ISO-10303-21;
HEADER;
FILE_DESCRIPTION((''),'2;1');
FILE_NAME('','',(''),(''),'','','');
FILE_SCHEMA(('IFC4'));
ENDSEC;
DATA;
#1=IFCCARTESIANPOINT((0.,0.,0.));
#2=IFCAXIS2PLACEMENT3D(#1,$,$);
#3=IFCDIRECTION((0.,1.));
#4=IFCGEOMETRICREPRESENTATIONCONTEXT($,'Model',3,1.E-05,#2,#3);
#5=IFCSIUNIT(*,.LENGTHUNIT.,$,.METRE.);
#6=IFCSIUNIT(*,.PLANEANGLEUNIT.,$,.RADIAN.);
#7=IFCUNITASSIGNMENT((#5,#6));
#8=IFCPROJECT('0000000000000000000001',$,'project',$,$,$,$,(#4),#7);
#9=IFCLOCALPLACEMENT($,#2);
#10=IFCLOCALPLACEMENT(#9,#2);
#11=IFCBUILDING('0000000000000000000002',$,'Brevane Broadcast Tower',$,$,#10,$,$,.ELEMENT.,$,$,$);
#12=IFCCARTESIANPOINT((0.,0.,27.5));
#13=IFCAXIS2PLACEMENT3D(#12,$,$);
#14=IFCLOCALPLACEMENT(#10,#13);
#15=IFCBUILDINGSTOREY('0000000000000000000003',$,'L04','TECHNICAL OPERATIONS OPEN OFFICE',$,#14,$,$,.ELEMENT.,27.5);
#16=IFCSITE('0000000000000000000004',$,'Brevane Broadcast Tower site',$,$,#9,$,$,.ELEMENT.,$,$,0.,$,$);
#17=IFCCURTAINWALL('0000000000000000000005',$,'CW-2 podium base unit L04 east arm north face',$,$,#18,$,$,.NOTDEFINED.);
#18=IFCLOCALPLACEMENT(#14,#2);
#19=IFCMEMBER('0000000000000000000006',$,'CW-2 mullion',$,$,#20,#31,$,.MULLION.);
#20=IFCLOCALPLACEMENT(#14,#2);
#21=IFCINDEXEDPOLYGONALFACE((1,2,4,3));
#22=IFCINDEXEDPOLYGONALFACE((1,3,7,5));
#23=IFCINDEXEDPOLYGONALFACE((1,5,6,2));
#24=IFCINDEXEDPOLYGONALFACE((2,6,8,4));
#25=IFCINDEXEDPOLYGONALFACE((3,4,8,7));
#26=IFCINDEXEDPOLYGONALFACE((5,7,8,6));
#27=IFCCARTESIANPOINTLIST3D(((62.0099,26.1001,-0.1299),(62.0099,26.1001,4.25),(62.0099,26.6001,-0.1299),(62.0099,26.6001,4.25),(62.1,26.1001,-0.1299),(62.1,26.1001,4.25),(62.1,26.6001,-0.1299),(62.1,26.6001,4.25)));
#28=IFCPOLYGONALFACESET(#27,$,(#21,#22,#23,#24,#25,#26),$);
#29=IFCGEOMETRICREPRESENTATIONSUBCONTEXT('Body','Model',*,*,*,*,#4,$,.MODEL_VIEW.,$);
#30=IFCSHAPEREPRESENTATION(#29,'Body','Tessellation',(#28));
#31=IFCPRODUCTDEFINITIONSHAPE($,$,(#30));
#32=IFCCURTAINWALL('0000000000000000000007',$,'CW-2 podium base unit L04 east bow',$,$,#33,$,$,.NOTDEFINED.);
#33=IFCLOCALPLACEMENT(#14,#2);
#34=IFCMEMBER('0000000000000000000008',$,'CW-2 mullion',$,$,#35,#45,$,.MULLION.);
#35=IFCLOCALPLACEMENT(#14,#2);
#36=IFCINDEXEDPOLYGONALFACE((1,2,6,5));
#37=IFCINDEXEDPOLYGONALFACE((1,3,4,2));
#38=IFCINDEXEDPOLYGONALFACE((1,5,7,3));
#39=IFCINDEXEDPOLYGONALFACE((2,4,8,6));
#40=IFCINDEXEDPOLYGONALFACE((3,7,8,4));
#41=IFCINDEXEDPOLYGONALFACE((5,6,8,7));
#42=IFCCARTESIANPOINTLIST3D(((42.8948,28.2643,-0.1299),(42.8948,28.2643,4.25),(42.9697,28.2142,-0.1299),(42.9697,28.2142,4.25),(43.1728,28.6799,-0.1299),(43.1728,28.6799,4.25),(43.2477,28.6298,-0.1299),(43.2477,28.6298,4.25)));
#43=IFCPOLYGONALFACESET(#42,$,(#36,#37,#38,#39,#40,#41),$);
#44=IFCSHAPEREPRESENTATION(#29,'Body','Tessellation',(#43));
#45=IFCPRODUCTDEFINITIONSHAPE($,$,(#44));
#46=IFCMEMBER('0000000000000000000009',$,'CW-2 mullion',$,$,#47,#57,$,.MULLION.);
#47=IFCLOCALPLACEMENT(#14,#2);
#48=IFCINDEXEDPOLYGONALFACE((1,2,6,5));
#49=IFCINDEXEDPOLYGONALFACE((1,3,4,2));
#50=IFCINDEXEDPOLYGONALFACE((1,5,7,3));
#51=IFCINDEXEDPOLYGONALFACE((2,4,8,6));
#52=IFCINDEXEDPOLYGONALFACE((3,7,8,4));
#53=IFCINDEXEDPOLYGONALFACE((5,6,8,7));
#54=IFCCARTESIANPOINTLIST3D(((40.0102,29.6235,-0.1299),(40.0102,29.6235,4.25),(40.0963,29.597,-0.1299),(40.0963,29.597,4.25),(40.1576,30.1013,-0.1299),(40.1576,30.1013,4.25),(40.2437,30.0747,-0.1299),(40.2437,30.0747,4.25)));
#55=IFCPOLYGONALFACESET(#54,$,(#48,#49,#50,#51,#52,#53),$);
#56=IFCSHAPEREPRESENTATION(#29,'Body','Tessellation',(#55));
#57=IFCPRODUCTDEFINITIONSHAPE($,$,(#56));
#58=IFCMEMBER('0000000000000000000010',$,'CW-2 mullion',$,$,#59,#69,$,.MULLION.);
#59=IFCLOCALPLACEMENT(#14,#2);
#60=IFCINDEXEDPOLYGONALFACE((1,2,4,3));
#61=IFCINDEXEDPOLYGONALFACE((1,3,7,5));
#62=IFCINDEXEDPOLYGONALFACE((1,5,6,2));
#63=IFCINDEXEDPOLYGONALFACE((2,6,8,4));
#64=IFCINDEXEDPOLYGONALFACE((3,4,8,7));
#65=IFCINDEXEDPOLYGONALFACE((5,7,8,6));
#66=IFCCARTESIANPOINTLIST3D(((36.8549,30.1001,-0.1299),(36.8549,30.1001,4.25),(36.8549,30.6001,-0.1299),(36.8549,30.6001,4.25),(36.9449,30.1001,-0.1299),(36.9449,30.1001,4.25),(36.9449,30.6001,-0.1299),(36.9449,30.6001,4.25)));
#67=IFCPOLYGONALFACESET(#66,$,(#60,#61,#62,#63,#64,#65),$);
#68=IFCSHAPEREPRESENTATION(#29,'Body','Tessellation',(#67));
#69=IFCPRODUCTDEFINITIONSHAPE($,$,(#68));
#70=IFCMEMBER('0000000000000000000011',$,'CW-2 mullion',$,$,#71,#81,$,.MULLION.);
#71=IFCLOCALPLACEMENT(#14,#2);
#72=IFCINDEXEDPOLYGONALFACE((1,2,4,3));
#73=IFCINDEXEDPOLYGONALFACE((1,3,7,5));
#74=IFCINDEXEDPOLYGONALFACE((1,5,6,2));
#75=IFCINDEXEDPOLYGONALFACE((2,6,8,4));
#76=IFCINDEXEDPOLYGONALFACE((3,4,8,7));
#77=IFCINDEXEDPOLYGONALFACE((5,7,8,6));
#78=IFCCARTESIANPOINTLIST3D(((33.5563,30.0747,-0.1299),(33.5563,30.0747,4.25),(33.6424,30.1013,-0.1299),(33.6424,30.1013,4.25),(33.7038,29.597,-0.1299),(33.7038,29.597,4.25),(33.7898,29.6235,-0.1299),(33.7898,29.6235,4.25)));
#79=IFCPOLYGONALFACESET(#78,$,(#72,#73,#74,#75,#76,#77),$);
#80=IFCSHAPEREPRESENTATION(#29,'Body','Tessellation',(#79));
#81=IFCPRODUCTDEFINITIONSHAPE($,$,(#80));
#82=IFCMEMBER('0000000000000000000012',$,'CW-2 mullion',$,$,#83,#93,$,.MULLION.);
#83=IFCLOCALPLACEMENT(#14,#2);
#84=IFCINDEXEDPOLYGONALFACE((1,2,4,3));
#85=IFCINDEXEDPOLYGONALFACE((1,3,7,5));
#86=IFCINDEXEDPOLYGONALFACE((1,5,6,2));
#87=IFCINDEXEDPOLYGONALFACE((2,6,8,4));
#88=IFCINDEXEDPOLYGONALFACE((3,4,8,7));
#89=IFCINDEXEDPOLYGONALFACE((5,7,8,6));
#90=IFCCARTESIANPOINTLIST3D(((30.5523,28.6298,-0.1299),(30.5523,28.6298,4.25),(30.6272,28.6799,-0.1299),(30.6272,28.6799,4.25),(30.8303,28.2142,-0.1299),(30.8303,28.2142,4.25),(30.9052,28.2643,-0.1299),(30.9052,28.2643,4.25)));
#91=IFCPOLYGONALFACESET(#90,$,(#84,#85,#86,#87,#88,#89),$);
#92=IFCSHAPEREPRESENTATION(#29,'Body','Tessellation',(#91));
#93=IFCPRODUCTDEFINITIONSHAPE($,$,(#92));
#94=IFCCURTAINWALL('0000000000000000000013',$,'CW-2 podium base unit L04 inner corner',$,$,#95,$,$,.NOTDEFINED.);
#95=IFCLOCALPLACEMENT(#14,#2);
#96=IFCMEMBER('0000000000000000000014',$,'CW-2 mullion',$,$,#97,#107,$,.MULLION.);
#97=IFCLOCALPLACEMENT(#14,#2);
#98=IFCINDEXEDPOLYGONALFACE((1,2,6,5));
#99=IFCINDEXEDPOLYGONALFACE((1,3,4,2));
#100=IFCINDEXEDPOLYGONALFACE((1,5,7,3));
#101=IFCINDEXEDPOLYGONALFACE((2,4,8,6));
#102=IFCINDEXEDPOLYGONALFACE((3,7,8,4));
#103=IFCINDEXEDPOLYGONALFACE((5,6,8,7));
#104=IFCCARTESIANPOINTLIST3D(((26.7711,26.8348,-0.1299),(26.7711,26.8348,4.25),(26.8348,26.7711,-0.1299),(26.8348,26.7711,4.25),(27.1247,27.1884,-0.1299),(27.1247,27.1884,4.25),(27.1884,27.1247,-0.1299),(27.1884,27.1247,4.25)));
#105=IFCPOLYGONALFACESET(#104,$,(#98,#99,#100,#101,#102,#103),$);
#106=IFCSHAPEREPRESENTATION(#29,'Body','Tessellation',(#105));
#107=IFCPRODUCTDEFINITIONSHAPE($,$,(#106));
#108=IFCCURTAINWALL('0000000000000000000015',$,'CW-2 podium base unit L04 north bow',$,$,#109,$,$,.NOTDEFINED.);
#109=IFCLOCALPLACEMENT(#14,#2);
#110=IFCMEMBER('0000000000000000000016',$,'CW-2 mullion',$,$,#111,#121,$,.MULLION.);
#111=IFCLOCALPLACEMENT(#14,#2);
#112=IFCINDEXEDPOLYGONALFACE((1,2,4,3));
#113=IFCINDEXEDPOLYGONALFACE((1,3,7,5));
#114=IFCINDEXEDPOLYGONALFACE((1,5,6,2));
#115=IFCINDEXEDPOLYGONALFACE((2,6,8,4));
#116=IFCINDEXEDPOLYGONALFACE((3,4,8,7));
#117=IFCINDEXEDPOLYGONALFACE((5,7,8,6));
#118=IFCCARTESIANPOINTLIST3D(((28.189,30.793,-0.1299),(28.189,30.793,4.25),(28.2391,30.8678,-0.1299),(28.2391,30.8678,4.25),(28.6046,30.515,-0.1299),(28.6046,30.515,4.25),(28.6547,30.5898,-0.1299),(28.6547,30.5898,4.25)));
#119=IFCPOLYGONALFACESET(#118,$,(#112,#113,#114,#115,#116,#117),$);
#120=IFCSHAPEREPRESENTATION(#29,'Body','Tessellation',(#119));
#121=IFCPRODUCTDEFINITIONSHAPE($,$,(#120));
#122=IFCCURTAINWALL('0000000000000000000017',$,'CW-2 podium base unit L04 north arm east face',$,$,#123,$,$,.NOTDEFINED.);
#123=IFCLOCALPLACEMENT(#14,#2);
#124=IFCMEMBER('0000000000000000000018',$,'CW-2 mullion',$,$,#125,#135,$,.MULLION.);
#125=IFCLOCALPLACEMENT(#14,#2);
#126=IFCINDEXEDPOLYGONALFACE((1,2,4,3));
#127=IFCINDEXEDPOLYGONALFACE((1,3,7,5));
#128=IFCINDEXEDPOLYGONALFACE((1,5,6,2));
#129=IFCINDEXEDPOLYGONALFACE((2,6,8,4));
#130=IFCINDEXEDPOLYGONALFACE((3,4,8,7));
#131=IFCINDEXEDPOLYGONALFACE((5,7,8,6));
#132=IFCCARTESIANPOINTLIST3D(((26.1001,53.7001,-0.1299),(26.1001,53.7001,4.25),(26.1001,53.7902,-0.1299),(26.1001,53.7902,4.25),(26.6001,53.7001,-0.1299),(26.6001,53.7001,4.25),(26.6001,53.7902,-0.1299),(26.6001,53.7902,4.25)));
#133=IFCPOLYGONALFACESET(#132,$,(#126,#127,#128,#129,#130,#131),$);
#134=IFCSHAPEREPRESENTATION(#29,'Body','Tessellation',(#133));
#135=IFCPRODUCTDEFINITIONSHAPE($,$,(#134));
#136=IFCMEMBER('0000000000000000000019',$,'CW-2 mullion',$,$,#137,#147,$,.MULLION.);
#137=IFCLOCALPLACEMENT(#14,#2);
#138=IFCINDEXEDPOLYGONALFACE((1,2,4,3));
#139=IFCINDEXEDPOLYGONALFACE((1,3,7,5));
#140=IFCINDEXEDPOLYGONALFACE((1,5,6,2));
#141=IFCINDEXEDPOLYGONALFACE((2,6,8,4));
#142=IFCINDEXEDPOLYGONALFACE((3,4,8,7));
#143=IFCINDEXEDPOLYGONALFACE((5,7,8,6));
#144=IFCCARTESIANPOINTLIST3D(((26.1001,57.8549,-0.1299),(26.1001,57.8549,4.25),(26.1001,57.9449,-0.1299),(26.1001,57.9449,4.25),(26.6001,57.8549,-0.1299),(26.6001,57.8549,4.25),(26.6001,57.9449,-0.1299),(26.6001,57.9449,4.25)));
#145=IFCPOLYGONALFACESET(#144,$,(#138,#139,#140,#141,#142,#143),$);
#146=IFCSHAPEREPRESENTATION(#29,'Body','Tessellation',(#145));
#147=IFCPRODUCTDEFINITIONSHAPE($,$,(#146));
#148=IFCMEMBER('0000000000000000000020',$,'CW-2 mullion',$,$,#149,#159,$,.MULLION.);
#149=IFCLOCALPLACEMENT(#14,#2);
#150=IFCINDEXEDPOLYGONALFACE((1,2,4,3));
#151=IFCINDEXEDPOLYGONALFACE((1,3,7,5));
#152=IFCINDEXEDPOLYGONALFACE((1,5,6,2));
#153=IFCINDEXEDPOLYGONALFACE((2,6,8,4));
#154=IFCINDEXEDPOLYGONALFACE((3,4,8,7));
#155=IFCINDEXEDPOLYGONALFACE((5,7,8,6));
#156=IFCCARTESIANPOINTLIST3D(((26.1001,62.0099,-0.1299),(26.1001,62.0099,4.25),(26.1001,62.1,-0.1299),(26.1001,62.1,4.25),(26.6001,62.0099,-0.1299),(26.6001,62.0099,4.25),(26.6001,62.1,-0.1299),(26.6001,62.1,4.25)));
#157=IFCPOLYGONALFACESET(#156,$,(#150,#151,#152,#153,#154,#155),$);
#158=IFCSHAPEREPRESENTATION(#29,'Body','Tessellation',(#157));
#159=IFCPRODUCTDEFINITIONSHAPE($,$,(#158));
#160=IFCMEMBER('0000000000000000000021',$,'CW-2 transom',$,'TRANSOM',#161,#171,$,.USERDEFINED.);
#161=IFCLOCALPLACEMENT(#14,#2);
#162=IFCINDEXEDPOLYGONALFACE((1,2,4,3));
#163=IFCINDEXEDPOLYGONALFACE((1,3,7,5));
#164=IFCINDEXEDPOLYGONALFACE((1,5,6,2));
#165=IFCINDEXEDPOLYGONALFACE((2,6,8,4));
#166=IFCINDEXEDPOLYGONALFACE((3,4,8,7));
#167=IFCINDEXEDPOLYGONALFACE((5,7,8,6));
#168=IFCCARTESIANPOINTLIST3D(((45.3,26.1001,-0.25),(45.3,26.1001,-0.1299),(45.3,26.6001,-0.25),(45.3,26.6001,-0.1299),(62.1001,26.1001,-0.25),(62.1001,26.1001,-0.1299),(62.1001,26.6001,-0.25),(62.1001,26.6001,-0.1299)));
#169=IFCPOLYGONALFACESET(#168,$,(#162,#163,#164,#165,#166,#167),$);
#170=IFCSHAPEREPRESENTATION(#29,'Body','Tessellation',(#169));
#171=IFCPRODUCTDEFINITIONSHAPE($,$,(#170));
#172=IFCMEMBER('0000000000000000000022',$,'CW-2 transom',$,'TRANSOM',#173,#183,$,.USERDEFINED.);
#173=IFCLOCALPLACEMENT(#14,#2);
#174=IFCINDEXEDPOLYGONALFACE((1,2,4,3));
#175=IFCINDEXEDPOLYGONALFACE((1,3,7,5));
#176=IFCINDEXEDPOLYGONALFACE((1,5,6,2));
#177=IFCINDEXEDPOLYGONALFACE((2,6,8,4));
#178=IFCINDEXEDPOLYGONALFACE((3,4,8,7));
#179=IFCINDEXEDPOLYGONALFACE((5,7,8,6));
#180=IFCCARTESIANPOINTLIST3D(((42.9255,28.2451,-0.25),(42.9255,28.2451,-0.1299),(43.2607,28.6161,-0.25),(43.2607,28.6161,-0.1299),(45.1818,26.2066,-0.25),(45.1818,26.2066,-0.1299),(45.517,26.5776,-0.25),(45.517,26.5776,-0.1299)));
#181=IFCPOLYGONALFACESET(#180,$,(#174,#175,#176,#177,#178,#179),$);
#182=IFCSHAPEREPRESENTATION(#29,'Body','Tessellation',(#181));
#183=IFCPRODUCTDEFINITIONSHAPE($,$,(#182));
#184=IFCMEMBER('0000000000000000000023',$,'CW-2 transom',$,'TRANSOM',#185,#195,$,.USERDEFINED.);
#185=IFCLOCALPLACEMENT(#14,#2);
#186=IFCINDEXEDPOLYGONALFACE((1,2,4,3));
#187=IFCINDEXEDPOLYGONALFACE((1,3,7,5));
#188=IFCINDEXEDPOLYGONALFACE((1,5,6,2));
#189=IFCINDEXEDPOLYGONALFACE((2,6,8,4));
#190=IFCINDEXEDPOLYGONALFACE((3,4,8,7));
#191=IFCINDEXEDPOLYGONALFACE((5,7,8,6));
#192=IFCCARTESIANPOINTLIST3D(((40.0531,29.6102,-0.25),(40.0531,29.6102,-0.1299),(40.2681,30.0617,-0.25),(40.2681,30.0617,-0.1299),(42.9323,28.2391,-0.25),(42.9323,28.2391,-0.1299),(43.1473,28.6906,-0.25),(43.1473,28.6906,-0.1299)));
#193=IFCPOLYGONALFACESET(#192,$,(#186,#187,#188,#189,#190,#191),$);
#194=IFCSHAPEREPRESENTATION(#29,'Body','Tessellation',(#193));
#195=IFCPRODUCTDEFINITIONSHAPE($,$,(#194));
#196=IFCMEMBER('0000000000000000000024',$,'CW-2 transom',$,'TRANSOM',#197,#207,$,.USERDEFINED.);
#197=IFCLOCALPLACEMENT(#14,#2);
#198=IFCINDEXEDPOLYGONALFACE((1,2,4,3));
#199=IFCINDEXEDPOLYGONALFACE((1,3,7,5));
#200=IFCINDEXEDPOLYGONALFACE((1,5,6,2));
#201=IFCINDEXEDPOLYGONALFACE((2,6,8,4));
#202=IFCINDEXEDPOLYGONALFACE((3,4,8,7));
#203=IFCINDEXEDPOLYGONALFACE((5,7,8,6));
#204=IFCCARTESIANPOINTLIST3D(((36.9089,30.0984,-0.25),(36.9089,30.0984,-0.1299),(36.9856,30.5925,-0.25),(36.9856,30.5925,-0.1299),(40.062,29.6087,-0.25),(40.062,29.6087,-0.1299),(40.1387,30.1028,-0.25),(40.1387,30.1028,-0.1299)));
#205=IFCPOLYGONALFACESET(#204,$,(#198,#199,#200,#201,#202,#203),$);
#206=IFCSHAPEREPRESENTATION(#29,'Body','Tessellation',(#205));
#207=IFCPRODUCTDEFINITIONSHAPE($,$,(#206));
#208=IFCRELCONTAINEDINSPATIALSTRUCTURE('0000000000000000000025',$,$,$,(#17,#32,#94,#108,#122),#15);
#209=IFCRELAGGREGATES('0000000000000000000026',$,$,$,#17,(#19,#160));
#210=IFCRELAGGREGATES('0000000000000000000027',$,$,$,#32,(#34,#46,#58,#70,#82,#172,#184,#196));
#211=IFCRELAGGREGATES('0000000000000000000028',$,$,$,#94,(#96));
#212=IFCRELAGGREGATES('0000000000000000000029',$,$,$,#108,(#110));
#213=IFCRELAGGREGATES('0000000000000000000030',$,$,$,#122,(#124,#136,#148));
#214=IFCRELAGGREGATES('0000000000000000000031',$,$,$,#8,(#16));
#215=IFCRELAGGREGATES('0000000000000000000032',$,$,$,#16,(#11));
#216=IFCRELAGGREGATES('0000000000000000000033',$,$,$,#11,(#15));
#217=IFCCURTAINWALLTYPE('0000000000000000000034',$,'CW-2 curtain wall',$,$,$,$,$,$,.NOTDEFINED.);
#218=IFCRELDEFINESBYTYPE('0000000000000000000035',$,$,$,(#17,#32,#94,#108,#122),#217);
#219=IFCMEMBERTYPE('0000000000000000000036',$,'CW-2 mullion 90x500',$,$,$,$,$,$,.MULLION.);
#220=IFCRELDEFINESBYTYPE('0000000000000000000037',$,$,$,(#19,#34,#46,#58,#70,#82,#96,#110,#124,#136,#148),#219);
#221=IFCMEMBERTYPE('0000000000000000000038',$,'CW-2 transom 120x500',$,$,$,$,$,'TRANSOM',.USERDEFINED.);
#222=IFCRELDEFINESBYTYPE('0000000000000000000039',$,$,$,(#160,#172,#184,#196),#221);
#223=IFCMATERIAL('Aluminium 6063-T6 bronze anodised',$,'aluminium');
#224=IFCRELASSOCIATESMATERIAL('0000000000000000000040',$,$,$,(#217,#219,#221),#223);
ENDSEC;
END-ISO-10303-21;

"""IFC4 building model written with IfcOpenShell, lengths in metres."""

from ifc_helpers import new_model, si_unit, direction, frame, origin, origin_2d, place, context, subcontext, project, spatial, rectangle, extrude, material, material_profile, profile_set, type_object, element, aggregate, save


model = new_model("IFC4")

# Units and contexts
model_context = context("Model", 3, precision=1e-05, world=origin(), true_north=direction((0.0, 1.0)))
body_context = subcontext(model_context, "Body", "Model", "MODEL_VIEW")
ifc_project = project(units=[si_unit("LENGTHUNIT", "METRE"), si_unit("PLANEANGLEUNIT", "RADIAN")], contexts=[model_context])

# Site, building, storey
site_placement = place(None, origin())
site = spatial("IfcSite", under=ifc_project, at=site_placement, Name="Brevane Broadcast Tower site", CompositionType="ELEMENT", RefElevation=0.0)
building_placement = place(site_placement, origin())
building = spatial("IfcBuilding", under=site, at=building_placement, Name="Brevane Broadcast Tower", CompositionType="ELEMENT")
storey_placement = place(building_placement, frame((0.0, 0.0, 27.5)))
storey = spatial("IfcBuildingStorey", under=building, at=storey_placement, Name="L04", Description="TECHNICAL OPERATIONS OPEN OFFICE", CompositionType="ELEMENT", Elevation=27.5)

# Curtain wall, member
ifc_material_1 = material(Name="Aluminium 6063-T6 bronze anodised", Category="aluminium")
curtain_wall_type = type_object("IfcCurtainWallType", Name="CW-2 curtain wall", PredefinedType="NOTDEFINED", material=ifc_material_1)
curtain_wall_1_placement = place(storey_placement, origin())
curtain_wall_1 = element("IfcCurtainWall", 1, at=curtain_wall_1_placement, inside=storey, type_object=curtain_wall_type, Name="CW-2 podium base unit L04 east arm north face", PredefinedType="NOTDEFINED")
ifc_material_profile_1 = material_profile(ifc_material_1, rectangle(XDim=0.5, YDim=0.0901, at=origin_2d()), Name="RECT 90x500")
ifc_profile_set_1 = profile_set([ifc_material_profile_1], Name="Aluminium 6063-T6 bronze anodised")
member_type_1 = type_object("IfcMemberType", Name="CW-2 mullion 90x500", PredefinedType="MULLION", material=ifc_profile_set_1)
member_1_placement = place(storey_placement, frame((62.0549, 26.3501, -0.1299), z_axis=(0.0, 0.0, 1.0), x_axis=(0.0, -1.0, 0.0)))
member_1 = element("IfcMember", 2, at=member_1_placement, type_object=member_type_1, Name="CW-2 mullion", PredefinedType="MULLION", context=body_context, shape_type="SweptSolid", body=[
    extrude(rectangle(XDim=0.5, YDim=0.0901, at=origin_2d()), origin(), (0.0, 0.0, 1.0), 4.3799),
])

# Curtain wall, members
curtain_wall_2_placement = place(storey_placement, origin())
curtain_wall_2 = element("IfcCurtainWall", 3, at=curtain_wall_2_placement, inside=storey, type_object=curtain_wall_type, Name="CW-2 podium base unit L04 east bow", PredefinedType="NOTDEFINED")
member_2_placement = place(storey_placement, frame((43.0713, 28.447, -0.1299), z_axis=(0.0, 0.0, 1.0), x_axis=(-0.555997, -0.831184, 0.0)))
member_2 = element("IfcMember", 4, at=member_2_placement, type_object=member_type_1, Name="CW-2 mullion", PredefinedType="MULLION", context=body_context, shape_type="SweptSolid", body=[
    extrude(rectangle(XDim=0.5, YDim=0.0901, at=origin_2d()), origin(), (0.0, 0.0, 1.0), 4.3799),
])
member_3_placement = place(storey_placement, frame((40.127, 29.8491, -0.1299), z_axis=(0.0, 0.0, 1.0), x_axis=(-0.294828, -0.95555, 0.0)))
member_3 = element("IfcMember", 5, at=member_3_placement, type_object=member_type_1, Name="CW-2 mullion", PredefinedType="MULLION", context=body_context, shape_type="SweptSolid", body=[
    extrude(rectangle(XDim=0.5, YDim=0.0901, at=origin_2d()), origin(), (0.0, 0.0, 1.0), 4.3799),
])
member_4_placement = place(storey_placement, frame((36.8999, 30.3501, -0.1299), z_axis=(0.0, 0.0, 1.0), x_axis=(0.0, -1.0, 0.0)))
member_4 = element("IfcMember", 6, at=member_4_placement, type_object=member_type_1, Name="CW-2 mullion", PredefinedType="MULLION", context=body_context, shape_type="SweptSolid", body=[
    extrude(rectangle(XDim=0.5, YDim=0.0901, at=origin_2d()), origin(), (0.0, 0.0, 1.0), 4.3799),
])
member_5_placement = place(storey_placement, frame((33.6731, 29.8491, -0.1299), z_axis=(0.0, 0.0, 1.0), x_axis=(0.294828, -0.95555, 0.0)))
member_5 = element("IfcMember", 7, at=member_5_placement, type_object=member_type_1, Name="CW-2 mullion", PredefinedType="MULLION", context=body_context, shape_type="SweptSolid", body=[
    extrude(rectangle(XDim=0.5, YDim=0.0901, at=origin_2d()), origin(), (0.0, 0.0, 1.0), 4.3799),
])
member_6_placement = place(storey_placement, frame((30.7288, 28.447, -0.1299), z_axis=(0.0, 0.0, 1.0), x_axis=(0.555997, -0.831184, 0.0)))
member_6 = element("IfcMember", 8, at=member_6_placement, type_object=member_type_1, Name="CW-2 mullion", PredefinedType="MULLION", context=body_context, shape_type="SweptSolid", body=[
    extrude(rectangle(XDim=0.5, YDim=0.0901, at=origin_2d()), origin(), (0.0, 0.0, 1.0), 4.3799),
])

# Curtain walls, members
curtain_wall_3_placement = place(storey_placement, origin())
curtain_wall_3 = element("IfcCurtainWall", 9, at=curtain_wall_3_placement, inside=storey, type_object=curtain_wall_type, Name="CW-2 podium base unit L04 inner corner", PredefinedType="NOTDEFINED")
member_7_placement = place(storey_placement, frame((26.9797, 26.9797, -0.1299), z_axis=(0.0, 0.0, 1.0), x_axis=(-0.707107, -0.707107, 0.0)))
member_7 = element("IfcMember", 10, at=member_7_placement, type_object=member_type_1, Name="CW-2 mullion", PredefinedType="MULLION", context=body_context, shape_type="SweptSolid", body=[
    extrude(rectangle(XDim=0.5, YDim=0.0901, at=origin_2d()), origin(), (0.0, 0.0, 1.0), 4.3799),
])
curtain_wall_4_placement = place(storey_placement, origin())
curtain_wall_4 = element("IfcCurtainWall", 11, at=curtain_wall_4_placement, inside=storey, type_object=curtain_wall_type, Name="CW-2 podium base unit L04 north bow", PredefinedType="NOTDEFINED")
member_8_placement = place(storey_placement, frame((28.4219, 30.6914, -0.1299), z_axis=(0.0, 0.0, 1.0), x_axis=(-0.831184, 0.555997, 0.0)))
member_8 = element("IfcMember", 12, at=member_8_placement, type_object=member_type_1, Name="CW-2 mullion", PredefinedType="MULLION", context=body_context, shape_type="SweptSolid", body=[
    extrude(rectangle(XDim=0.5, YDim=0.0901, at=origin_2d()), origin(), (0.0, 0.0, 1.0), 4.3799),
])

# Curtain wall, members
curtain_wall_5_placement = place(storey_placement, origin())
curtain_wall_5 = element("IfcCurtainWall", 13, at=curtain_wall_5_placement, inside=storey, type_object=curtain_wall_type, Name="CW-2 podium base unit L04 north arm east face", PredefinedType="NOTDEFINED")
member_9_placement = place(storey_placement, frame((26.3501, 53.7451, -0.1299), z_axis=(0.0, 0.0, 1.0), x_axis=(-1.0, 0.0, 0.0)))
member_9 = element("IfcMember", 14, at=member_9_placement, type_object=member_type_1, Name="CW-2 mullion", PredefinedType="MULLION", context=body_context, shape_type="SweptSolid", body=[
    extrude(rectangle(XDim=0.5, YDim=0.0901, at=origin_2d()), origin(), (0.0, 0.0, 1.0), 4.3799),
])
member_10_placement = place(storey_placement, frame((26.3501, 57.8999, -0.1299), z_axis=(0.0, 0.0, 1.0), x_axis=(-1.0, 0.0, 0.0)))
member_10 = element("IfcMember", 15, at=member_10_placement, type_object=member_type_1, Name="CW-2 mullion", PredefinedType="MULLION", context=body_context, shape_type="SweptSolid", body=[
    extrude(rectangle(XDim=0.5, YDim=0.0901, at=origin_2d()), origin(), (0.0, 0.0, 1.0), 4.3799),
])
member_11_placement = place(storey_placement, frame((26.3501, 62.0549, -0.1299), z_axis=(0.0, 0.0, 1.0), x_axis=(-1.0, 0.0, 0.0)))
member_11 = element("IfcMember", 16, at=member_11_placement, type_object=member_type_1, Name="CW-2 mullion", PredefinedType="MULLION", context=body_context, shape_type="SweptSolid", body=[
    extrude(rectangle(XDim=0.5, YDim=0.0901, at=origin_2d()), origin(), (0.0, 0.0, 1.0), 4.3799),
])

# Members
ifc_material_profile_2 = material_profile(ifc_material_1, rectangle(XDim=0.5, YDim=0.1201, at=origin_2d()), Name="RECT 120x500")
ifc_profile_set_2 = profile_set([ifc_material_profile_2], Name="Aluminium 6063-T6 bronze anodised")
member_type_2 = type_object("IfcMemberType", Name="CW-2 transom 120x500", ElementType="TRANSOM", PredefinedType="USERDEFINED", material=ifc_profile_set_2)
member_12_placement = place(storey_placement, frame((62.1001, 26.3501, -0.1899), z_axis=(-1.0, 0.0, 0.0), x_axis=(0.0, -1.0, 0.0)))
member_12 = element("IfcMember", 17, at=member_12_placement, type_object=member_type_2, Name="CW-2 transom", ObjectType="TRANSOM", PredefinedType="USERDEFINED", context=body_context, shape_type="SweptSolid", body=[
    extrude(rectangle(XDim=0.5, YDim=0.1201, at=origin_2d()), origin(), (0.0, 0.0, 1.0), 16.8),
])
aggregate(curtain_wall_1, [member_1, member_12])
member_13_placement = place(storey_placement, frame((45.3494, 26.3921, -0.1899), z_axis=(-0.742007, 0.670392, 0.0), x_axis=(-0.670392, -0.742007, 0.0)))
member_13 = element("IfcMember", 18, at=member_13_placement, type_object=member_type_2, Name="CW-2 transom", ObjectType="TRANSOM", PredefinedType="USERDEFINED", context=body_context, shape_type="SweptSolid", body=[
    extrude(rectangle(XDim=0.5, YDim=0.1201, at=origin_2d()), origin(), (0.0, 0.0, 1.0), 3.0408),
])
member_14_placement = place(storey_placement, frame((43.0398, 28.4648, -0.1899), z_axis=(-0.902852, 0.429951, 0.0), x_axis=(-0.429951, -0.902852, 0.0)))
member_14 = element("IfcMember", 19, at=member_14_placement, type_object=member_type_2, Name="CW-2 transom", ObjectType="TRANSOM", PredefinedType="USERDEFINED", context=body_context, shape_type="SweptSolid", body=[
    extrude(rectangle(XDim=0.5, YDim=0.1201, at=origin_2d()), origin(), (0.0, 0.0, 1.0), 3.189),
])
member_15_placement = place(storey_placement, frame((40.1003, 29.8557, -0.1899), z_axis=(-0.988151, 0.153483, 0.0), x_axis=(-0.153483, -0.988151, 0.0)))
member_15 = element("IfcMember", 20, at=member_15_placement, type_object=member_type_2, Name="CW-2 transom", ObjectType="TRANSOM", PredefinedType="USERDEFINED", context=body_context, shape_type="SweptSolid", body=[
    extrude(rectangle(XDim=0.5, YDim=0.1201, at=origin_2d()), origin(), (0.0, 0.0, 1.0), 3.1909),
])
aggregate(curtain_wall_2, [member_2, member_3, member_4, member_5, member_6, member_13, member_14, member_15])
aggregate(curtain_wall_3, [member_7])
aggregate(curtain_wall_4, [member_8])
aggregate(curtain_wall_5, [member_9, member_10, member_11])

save(model, "model.ifc")
